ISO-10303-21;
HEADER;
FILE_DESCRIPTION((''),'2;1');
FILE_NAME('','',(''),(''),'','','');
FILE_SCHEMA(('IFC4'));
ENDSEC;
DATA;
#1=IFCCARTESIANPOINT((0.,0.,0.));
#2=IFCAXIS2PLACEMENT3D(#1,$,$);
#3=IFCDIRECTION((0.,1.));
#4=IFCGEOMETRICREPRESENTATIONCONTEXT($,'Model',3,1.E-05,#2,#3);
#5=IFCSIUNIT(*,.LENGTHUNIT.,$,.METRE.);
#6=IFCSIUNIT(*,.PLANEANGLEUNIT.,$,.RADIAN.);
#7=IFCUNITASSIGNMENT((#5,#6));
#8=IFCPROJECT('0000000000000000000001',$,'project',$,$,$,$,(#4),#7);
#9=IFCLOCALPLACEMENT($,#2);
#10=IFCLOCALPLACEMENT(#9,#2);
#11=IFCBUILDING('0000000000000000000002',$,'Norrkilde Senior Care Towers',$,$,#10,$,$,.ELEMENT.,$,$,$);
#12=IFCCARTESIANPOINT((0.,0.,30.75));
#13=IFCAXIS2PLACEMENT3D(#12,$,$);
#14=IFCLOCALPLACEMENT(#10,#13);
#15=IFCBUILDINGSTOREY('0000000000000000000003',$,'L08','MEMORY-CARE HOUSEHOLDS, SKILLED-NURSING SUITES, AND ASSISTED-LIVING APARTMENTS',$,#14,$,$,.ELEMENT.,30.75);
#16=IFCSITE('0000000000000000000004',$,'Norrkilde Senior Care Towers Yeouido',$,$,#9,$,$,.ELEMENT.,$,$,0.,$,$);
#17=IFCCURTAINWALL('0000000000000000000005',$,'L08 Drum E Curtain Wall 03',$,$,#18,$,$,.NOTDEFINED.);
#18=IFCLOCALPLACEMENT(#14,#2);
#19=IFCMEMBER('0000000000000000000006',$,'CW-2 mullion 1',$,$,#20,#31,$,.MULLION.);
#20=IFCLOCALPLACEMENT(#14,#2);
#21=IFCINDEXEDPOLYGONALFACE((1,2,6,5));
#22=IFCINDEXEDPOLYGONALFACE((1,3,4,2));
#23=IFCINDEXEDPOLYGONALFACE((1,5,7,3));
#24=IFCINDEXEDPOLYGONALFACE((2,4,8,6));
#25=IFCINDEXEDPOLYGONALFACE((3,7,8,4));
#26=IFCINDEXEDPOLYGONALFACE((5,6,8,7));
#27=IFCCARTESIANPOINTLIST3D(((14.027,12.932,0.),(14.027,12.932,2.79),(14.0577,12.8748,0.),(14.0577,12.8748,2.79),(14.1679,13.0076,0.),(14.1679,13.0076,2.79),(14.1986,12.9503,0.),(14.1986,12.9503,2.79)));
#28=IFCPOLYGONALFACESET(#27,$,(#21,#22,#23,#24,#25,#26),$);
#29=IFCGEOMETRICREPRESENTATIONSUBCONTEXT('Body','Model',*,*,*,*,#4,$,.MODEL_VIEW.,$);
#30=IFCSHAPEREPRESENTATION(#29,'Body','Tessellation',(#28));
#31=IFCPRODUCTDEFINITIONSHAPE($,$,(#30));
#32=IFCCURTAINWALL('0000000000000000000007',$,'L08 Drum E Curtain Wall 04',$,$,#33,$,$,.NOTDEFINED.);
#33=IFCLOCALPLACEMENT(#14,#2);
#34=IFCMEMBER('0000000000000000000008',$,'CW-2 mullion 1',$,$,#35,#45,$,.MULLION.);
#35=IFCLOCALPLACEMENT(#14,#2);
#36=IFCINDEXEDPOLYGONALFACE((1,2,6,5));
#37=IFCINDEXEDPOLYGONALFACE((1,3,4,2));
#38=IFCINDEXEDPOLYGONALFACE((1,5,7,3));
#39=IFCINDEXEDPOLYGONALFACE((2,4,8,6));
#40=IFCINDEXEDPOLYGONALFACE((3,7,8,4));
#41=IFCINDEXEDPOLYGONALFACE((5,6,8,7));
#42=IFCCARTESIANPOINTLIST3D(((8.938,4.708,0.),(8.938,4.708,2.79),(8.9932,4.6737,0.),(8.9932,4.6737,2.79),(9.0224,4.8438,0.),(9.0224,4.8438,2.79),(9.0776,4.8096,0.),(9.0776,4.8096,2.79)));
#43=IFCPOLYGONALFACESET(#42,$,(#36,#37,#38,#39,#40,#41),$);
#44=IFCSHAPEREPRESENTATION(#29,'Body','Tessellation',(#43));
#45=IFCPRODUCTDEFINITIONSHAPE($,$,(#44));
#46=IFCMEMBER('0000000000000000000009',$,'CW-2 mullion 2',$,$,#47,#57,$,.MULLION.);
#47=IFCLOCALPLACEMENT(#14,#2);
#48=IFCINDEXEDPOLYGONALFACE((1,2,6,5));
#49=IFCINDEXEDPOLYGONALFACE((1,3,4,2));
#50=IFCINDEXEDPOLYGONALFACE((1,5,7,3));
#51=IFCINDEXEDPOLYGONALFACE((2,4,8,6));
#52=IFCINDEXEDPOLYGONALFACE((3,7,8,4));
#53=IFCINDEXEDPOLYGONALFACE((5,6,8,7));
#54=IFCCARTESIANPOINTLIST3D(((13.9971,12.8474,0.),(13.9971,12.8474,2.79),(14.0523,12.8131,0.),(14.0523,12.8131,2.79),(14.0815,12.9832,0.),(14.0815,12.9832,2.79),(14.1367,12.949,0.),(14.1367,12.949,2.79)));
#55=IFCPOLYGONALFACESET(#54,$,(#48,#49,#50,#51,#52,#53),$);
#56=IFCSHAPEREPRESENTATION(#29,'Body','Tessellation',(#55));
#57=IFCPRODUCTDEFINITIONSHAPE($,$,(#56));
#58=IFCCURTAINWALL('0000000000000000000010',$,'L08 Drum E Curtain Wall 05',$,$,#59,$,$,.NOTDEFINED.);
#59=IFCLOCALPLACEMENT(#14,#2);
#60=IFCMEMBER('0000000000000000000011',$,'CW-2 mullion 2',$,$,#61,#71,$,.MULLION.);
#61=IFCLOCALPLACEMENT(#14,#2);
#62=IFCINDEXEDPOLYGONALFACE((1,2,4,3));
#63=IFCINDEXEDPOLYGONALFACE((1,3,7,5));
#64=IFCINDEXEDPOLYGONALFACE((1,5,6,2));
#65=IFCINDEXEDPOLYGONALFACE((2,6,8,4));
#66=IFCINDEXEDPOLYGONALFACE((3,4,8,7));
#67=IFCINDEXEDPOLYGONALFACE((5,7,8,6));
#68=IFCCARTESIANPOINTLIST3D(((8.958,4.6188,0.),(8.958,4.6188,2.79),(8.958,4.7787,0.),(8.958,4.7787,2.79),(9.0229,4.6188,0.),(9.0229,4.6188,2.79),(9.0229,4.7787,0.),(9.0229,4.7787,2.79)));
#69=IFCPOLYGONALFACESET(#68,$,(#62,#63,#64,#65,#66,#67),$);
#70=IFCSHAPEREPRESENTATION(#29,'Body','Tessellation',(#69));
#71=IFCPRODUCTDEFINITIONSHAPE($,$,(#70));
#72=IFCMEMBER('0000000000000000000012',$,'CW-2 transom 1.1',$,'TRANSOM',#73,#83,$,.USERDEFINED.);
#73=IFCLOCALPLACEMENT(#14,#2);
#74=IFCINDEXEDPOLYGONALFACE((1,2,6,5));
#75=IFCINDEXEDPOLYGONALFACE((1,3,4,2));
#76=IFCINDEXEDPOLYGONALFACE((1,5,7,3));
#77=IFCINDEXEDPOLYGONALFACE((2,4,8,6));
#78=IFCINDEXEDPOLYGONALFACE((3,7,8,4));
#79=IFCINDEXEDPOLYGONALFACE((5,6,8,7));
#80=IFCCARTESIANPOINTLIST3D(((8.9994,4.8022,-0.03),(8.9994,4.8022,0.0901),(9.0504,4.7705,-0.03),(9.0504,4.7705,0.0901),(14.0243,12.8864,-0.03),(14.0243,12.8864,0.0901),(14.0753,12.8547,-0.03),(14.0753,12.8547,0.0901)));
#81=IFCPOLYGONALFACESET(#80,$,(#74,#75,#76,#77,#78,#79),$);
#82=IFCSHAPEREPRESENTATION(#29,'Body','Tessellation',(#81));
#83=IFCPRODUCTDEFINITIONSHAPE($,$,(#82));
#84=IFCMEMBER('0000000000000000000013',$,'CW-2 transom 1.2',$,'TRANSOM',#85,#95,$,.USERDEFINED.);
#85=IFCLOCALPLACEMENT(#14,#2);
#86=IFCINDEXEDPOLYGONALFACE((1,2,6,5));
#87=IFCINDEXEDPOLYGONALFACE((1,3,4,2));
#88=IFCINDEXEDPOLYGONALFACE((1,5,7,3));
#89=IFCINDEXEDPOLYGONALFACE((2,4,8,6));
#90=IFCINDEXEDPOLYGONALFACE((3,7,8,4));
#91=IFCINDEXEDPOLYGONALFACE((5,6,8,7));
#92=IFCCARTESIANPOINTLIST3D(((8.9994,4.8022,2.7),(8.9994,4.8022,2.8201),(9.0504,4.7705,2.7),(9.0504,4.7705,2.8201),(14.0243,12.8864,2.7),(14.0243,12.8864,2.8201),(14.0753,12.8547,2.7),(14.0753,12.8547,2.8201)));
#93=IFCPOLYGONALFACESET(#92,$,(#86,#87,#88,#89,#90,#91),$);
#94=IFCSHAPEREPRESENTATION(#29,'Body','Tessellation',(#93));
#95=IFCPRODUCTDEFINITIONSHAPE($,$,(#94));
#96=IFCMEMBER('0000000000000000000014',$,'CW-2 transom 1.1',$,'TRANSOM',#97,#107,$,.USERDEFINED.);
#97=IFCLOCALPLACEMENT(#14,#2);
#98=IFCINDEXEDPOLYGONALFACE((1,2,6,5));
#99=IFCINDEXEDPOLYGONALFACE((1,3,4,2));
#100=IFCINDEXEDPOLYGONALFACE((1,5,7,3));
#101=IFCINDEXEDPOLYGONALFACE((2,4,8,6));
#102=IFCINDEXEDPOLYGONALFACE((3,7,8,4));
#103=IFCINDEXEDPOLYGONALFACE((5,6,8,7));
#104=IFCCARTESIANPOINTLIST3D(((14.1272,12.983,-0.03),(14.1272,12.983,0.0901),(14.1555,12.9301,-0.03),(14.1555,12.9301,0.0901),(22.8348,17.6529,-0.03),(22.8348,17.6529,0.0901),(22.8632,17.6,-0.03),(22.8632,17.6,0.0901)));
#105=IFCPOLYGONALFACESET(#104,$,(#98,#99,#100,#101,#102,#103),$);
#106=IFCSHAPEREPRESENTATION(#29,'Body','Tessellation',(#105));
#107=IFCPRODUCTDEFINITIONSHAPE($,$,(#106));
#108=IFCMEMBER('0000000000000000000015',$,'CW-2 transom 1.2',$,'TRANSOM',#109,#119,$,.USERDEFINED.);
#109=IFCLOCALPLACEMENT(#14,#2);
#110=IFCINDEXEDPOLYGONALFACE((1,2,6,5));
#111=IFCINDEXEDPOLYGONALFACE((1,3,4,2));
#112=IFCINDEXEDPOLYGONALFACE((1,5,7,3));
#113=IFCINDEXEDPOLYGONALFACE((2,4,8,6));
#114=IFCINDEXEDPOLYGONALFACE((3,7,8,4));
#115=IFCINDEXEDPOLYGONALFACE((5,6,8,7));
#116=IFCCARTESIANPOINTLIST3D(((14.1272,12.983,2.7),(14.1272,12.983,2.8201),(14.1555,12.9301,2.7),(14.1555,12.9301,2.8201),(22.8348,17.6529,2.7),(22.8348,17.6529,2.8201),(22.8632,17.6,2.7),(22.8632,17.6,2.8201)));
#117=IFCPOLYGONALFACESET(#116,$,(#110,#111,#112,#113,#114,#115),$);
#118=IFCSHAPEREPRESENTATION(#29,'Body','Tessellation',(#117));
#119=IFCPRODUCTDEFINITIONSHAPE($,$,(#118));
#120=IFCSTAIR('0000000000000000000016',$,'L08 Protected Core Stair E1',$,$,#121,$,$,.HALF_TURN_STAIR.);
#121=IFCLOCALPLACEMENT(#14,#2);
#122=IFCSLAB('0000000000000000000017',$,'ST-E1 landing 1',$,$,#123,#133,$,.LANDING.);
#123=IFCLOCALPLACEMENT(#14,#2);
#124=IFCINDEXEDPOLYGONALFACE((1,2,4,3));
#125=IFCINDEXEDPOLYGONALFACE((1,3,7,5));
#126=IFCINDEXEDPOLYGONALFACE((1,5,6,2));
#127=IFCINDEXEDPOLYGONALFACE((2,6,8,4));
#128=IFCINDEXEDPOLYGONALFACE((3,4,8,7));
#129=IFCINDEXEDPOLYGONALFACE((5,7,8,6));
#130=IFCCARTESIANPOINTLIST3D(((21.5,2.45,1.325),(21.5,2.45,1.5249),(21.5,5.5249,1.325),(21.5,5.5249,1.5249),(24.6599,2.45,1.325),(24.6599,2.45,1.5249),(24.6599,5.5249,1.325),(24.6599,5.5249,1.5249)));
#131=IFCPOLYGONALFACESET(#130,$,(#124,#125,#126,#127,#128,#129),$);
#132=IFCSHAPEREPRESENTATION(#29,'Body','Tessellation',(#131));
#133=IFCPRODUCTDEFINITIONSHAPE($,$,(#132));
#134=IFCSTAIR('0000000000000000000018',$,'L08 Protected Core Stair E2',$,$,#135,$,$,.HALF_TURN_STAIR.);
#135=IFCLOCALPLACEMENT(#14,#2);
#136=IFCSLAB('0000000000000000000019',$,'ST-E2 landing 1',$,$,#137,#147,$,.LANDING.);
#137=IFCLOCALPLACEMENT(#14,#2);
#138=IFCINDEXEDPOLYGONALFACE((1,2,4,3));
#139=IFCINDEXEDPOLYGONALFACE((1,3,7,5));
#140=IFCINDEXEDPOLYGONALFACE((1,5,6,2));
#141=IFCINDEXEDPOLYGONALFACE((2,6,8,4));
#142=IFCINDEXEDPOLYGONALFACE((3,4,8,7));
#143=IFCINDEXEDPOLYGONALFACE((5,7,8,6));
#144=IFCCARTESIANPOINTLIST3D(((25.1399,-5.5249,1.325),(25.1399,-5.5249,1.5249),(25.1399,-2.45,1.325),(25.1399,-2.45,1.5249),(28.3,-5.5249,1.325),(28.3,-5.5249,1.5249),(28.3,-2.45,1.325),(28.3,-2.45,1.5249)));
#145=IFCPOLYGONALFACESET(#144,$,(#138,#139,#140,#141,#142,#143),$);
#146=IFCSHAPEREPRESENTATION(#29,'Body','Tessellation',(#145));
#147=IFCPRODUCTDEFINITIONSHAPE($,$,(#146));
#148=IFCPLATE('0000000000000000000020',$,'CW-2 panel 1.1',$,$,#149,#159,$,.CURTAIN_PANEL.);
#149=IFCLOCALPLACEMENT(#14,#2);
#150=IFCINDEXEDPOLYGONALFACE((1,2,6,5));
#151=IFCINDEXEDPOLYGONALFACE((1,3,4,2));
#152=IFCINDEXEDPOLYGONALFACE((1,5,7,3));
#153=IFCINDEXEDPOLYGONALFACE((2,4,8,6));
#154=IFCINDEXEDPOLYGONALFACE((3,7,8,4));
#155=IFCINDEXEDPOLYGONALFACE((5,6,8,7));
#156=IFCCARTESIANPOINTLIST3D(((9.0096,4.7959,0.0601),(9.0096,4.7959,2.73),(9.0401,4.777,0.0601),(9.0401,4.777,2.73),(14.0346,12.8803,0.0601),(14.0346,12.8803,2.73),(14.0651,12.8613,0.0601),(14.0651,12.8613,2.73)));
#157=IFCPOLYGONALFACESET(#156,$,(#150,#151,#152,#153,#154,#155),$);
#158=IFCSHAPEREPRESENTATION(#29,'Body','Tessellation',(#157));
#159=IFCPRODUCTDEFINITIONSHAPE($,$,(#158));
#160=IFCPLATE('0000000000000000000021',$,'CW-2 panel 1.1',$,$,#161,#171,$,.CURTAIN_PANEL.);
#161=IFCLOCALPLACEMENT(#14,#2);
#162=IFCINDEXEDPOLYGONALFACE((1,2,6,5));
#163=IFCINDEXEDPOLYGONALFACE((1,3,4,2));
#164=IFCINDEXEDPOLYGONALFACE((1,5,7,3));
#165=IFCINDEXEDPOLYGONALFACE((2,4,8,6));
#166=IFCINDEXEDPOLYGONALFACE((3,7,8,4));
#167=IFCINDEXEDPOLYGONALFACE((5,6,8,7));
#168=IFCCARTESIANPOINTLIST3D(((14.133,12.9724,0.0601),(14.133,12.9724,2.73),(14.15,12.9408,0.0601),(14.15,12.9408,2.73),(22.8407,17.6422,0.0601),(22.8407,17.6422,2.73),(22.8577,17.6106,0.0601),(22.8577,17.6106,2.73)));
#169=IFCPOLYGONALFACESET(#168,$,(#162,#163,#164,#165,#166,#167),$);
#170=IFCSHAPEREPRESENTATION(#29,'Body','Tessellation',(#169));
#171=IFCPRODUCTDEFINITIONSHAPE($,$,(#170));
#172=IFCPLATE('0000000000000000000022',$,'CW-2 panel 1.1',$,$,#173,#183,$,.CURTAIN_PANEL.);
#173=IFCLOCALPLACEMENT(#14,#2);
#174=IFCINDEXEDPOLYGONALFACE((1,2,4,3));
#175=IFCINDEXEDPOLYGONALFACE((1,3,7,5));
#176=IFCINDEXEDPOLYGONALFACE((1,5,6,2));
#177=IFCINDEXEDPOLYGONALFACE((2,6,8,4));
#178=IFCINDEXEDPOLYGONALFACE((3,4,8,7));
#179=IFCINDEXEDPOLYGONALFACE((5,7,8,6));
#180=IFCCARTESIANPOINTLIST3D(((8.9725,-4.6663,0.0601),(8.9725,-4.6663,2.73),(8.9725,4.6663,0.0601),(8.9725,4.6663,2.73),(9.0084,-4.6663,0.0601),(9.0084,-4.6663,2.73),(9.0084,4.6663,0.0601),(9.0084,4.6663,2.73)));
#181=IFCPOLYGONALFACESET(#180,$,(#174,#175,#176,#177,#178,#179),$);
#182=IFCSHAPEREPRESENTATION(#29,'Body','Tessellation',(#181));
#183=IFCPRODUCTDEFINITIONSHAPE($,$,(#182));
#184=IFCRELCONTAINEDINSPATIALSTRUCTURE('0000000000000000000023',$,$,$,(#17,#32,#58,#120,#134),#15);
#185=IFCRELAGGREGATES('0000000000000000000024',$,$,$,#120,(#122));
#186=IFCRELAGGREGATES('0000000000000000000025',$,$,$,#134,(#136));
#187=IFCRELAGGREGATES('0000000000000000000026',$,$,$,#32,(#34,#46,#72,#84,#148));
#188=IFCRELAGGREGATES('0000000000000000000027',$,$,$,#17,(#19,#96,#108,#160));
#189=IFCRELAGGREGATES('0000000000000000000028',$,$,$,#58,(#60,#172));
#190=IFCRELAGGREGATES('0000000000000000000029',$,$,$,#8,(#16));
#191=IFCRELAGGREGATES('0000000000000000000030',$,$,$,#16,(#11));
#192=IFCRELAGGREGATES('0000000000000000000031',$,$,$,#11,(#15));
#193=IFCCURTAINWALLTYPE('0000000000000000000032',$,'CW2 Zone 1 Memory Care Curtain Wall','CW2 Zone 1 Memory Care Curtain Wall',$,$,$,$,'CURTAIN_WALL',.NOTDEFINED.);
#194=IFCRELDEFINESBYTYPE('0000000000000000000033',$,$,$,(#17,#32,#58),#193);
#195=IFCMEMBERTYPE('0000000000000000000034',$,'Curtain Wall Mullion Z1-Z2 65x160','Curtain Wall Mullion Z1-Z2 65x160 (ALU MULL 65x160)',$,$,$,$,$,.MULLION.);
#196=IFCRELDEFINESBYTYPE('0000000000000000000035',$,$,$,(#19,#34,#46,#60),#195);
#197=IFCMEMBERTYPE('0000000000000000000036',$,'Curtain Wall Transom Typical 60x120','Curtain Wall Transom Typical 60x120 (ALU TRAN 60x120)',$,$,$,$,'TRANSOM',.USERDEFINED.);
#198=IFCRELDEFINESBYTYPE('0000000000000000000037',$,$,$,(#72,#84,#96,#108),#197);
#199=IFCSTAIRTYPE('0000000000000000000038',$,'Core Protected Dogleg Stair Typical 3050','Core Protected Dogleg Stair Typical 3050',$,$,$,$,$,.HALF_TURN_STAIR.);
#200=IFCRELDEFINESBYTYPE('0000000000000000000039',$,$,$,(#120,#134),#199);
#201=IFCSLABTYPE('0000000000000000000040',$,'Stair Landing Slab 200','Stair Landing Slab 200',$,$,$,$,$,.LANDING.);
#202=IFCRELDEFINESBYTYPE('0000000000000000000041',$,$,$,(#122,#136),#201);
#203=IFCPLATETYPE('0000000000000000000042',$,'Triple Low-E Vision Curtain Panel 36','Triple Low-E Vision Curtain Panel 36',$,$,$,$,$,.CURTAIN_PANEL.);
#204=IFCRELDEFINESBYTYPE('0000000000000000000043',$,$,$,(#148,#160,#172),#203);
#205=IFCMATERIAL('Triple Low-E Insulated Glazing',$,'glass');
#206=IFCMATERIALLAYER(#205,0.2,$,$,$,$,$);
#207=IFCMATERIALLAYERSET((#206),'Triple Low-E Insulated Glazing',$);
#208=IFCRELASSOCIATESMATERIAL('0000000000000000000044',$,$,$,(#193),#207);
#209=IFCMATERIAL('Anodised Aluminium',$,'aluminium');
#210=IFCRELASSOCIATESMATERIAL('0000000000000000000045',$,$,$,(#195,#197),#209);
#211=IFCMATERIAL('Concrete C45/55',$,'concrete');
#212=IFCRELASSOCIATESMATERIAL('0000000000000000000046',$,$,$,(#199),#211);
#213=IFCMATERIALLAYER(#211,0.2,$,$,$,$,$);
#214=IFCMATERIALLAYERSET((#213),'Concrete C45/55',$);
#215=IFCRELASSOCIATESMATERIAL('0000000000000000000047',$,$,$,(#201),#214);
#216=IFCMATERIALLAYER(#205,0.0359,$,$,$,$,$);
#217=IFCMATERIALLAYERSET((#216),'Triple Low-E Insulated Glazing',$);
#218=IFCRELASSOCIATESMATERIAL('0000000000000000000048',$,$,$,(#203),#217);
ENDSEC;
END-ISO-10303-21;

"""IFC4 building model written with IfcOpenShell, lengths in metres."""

from ifc_helpers import new_model, si_unit, direction, frame, origin, origin_2d, place, context, subcontext, project, spatial, polyline, rectangle, outline, extrude, source, transform, mapped, material, layer, layer_set, material_profile, profile_set, type_object, type_shapes, element, aggregate, save


model = new_model("IFC4")

# Units and contexts
model_context = context("Model", 3, precision=1e-05, world=origin(), true_north=direction((0.0, 1.0)))
body_context = subcontext(model_context, "Body", "Model", "MODEL_VIEW")
ifc_project = project(units=[si_unit("LENGTHUNIT", "METRE"), si_unit("PLANEANGLEUNIT", "RADIAN")], contexts=[model_context])

# Site, building, storey
site_placement = place(None, origin())
site = spatial("IfcSite", under=ifc_project, at=site_placement, Name="Norrkilde Senior Care Towers Yeouido", CompositionType="ELEMENT", RefElevation=0.0)
building_placement = place(site_placement, origin())
building = spatial("IfcBuilding", under=site, at=building_placement, Name="Norrkilde Senior Care Towers", CompositionType="ELEMENT")
storey_placement = place(building_placement, frame((0.0, 0.0, 30.75)))
storey = spatial("IfcBuildingStorey", under=building, at=storey_placement, Name="L08", Description="MEMORY-CARE HOUSEHOLDS, SKILLED-NURSING SUITES, AND ASSISTED-LIVING APARTMENTS", CompositionType="ELEMENT", Elevation=30.75)

# Curtain wall, member
ifc_material_1 = material(Name="Triple Low-E Insulated Glazing", Category="glass")
ifc_layer_1 = layer(ifc_material_1, 0.2)
ifc_layer_set_1 = layer_set([ifc_layer_1], Name="Triple Low-E Insulated Glazing")
curtain_wall_type = type_object("IfcCurtainWallType", Name="CW2 Zone 1 Memory Care Curtain Wall", Description="CW2 Zone 1 Memory Care Curtain Wall", ElementType="CURTAIN_WALL", PredefinedType="NOTDEFINED", material=ifc_layer_set_1)
curtain_wall_1_placement = place(storey_placement, origin())
curtain_wall_1 = element("IfcCurtainWall", 1, at=curtain_wall_1_placement, inside=storey, type_object=curtain_wall_type, Name="L08 Drum E Curtain Wall 03", PredefinedType="NOTDEFINED")
ifc_material_2 = material(Name="Anodised Aluminium", Category="aluminium")
ifc_material_profile_1 = material_profile(ifc_material_2, rectangle(XDim=0.0649, YDim=0.1599, at=origin_2d()), Name="ALU MULL 65x160")
ifc_profile_set_1 = profile_set([ifc_material_profile_1], Name="Anodised Aluminium")
member_type_1 = type_object("IfcMemberType", Name="Curtain Wall Mullion Z1-Z2 65x160", Description="Curtain Wall Mullion Z1-Z2 65x160 (ALU MULL 65x160)", PredefinedType="MULLION", material=ifc_profile_set_1)
shared_shape_1 = source(origin(), body_context, "Body", "SweptSolid", [
    extrude(rectangle(XDim=0.0649, YDim=0.1599, at=origin_2d()), origin(), (0.0, 0.0, 1.0), 2.79),
])
type_shapes(member_type_1, [shared_shape_1])
member_1_placement = place(storey_placement, frame((14.1128, 12.9412, 0.0), z_axis=(0.0, 0.0, 1.0), x_axis=(-0.472608, 0.881273, 0.0)))
member_1 = element("IfcMember", 2, at=member_1_placement, type_object=member_type_1, Name="CW-2 mullion 1", PredefinedType="MULLION", context=body_context, shape_type="MappedRepresentation", body=[
    mapped(shared_shape_1, transform((0.0, 0.0, 0.0), x_axis=(1.0, 0.0, 0.0), y_axis=(0.0, 1.0, 0.0), z_axis=(0.0, 0.0, 1.0), scale=1.0)),
])

# Curtain wall, members
curtain_wall_2_placement = place(storey_placement, origin())
curtain_wall_2 = element("IfcCurtainWall", 3, at=curtain_wall_2_placement, inside=storey, type_object=curtain_wall_type, Name="L08 Drum E Curtain Wall 04", PredefinedType="NOTDEFINED")
member_2_placement = place(storey_placement, frame((9.0078, 4.7588, 0.0), z_axis=(0.0, 0.0, 1.0), x_axis=(-0.849306, 0.527901, 0.0)))
member_2 = element("IfcMember", 4, at=member_2_placement, type_object=member_type_1, Name="CW-2 mullion 1", PredefinedType="MULLION", context=body_context, shape_type="MappedRepresentation", body=[
    mapped(shared_shape_1, transform((0.0, 0.0, 0.0), x_axis=(1.0, 0.0, 0.0), y_axis=(0.0, 1.0, 0.0), z_axis=(0.0, 0.0, 1.0), scale=1.0)),
])
member_3_placement = place(storey_placement, frame((14.0669, 12.8982, 0.0), z_axis=(0.0, 0.0, 1.0), x_axis=(-0.849306, 0.527901, 0.0)))
member_3 = element("IfcMember", 5, at=member_3_placement, type_object=member_type_1, Name="CW-2 mullion 2", PredefinedType="MULLION", context=body_context, shape_type="MappedRepresentation", body=[
    mapped(shared_shape_1, transform((0.0, 0.0, 0.0), x_axis=(1.0, 0.0, 0.0), y_axis=(0.0, 1.0, 0.0), z_axis=(0.0, 0.0, 1.0), scale=1.0)),
])

# Curtain wall, member
curtain_wall_3_placement = place(storey_placement, origin())
curtain_wall_3 = element("IfcCurtainWall", 6, at=curtain_wall_3_placement, inside=storey, type_object=curtain_wall_type, Name="L08 Drum E Curtain Wall 05", PredefinedType="NOTDEFINED")
member_4_placement = place(storey_placement, frame((8.9905, 4.6987, 0.0), z_axis=(0.0, 0.0, 1.0), x_axis=(-1.0, 0.0, 0.0)))
member_4 = element("IfcMember", 7, at=member_4_placement, type_object=member_type_1, Name="CW-2 mullion 2", PredefinedType="MULLION", context=body_context, shape_type="MappedRepresentation", body=[
    mapped(shared_shape_1, transform((0.0, 0.0, 0.0), x_axis=(1.0, 0.0, 0.0), y_axis=(0.0, 1.0, 0.0), z_axis=(0.0, 0.0, 1.0), scale=1.0)),
])

# Members
ifc_material_profile_2 = material_profile(ifc_material_2, rectangle(XDim=0.0601, YDim=0.1201, at=origin_2d()), Name="ALU TRAN 60x120")
ifc_profile_set_2 = profile_set([ifc_material_profile_2], Name="Anodised Aluminium")
member_type_2 = type_object("IfcMemberType", Name="Curtain Wall Transom Typical 60x120", Description="Curtain Wall Transom Typical 60x120 (ALU TRAN 60x120)", ElementType="TRANSOM", PredefinedType="USERDEFINED", material=ifc_profile_set_2)
shared_shape_2 = source(origin(), body_context, "Body", "SweptSolid", [
    extrude(rectangle(XDim=0.0601, YDim=0.1201, at=origin_2d()), origin(), (0.0, 0.0, 1.0), 9.5186),
])
member_5_placement = place(storey_placement, frame((9.0249, 4.7864, 0.03), z_axis=(0.527902, 0.849306, 0.0), x_axis=(-0.849306, 0.527902, 0.0)))
member_5 = element("IfcMember", 8, at=member_5_placement, type_object=member_type_2, Name="CW-2 transom 1.1", ObjectType="TRANSOM", PredefinedType="USERDEFINED", context=body_context, shape_type="MappedRepresentation", body=[
    mapped(shared_shape_2, transform((0.0, 0.0, 0.0), x_axis=(1.0, 0.0, 0.0), y_axis=(0.0, 1.0, 0.0), z_axis=(0.0, 0.0, 1.0), scale=1.0)),
])
member_6_placement = place(storey_placement, frame((9.0249, 4.7864, 2.76), z_axis=(0.527902, 0.849306, 0.0), x_axis=(-0.849306, 0.527902, 0.0)))
member_6 = element("IfcMember", 9, at=member_6_placement, type_object=member_type_2, Name="CW-2 transom 1.2", ObjectType="TRANSOM", PredefinedType="USERDEFINED", context=body_context, shape_type="MappedRepresentation", body=[
    mapped(shared_shape_2, transform((0.0, 0.0, 0.0), x_axis=(1.0, 0.0, 0.0), y_axis=(0.0, 1.0, 0.0), z_axis=(0.0, 0.0, 1.0), scale=1.0)),
])
shared_shape_3 = source(origin(), body_context, "Body", "SweptSolid", [
    extrude(rectangle(XDim=0.0601, YDim=0.1201, at=origin_2d()), origin(), (0.0, 0.0, 1.0), 9.8809),
])
type_shapes(member_type_2, [shared_shape_2, shared_shape_3])
member_7_placement = place(storey_placement, frame((14.1414, 12.9565, 0.03), z_axis=(0.881267, 0.472618, 0.0), x_axis=(-0.472618, 0.881267, 0.0)))
member_7 = element("IfcMember", 10, at=member_7_placement, type_object=member_type_2, Name="CW-2 transom 1.1", ObjectType="TRANSOM", PredefinedType="USERDEFINED", context=body_context, shape_type="MappedRepresentation", body=[
    mapped(shared_shape_3, transform((0.0, 0.0, 0.0), x_axis=(1.0, 0.0, 0.0), y_axis=(0.0, 1.0, 0.0), z_axis=(0.0, 0.0, 1.0), scale=1.0)),
])
member_8_placement = place(storey_placement, frame((14.1414, 12.9565, 2.76), z_axis=(0.881267, 0.472618, 0.0), x_axis=(-0.472618, 0.881267, 0.0)))
member_8 = element("IfcMember", 11, at=member_8_placement, type_object=member_type_2, Name="CW-2 transom 1.2", ObjectType="TRANSOM", PredefinedType="USERDEFINED", context=body_context, shape_type="MappedRepresentation", body=[
    mapped(shared_shape_3, transform((0.0, 0.0, 0.0), x_axis=(1.0, 0.0, 0.0), y_axis=(0.0, 1.0, 0.0), z_axis=(0.0, 0.0, 1.0), scale=1.0)),
])

# Stairs, slabs
ifc_material_3 = material(Name="Concrete C45/55", Category="concrete")
stair_type = type_object("IfcStairType", Name="Core Protected Dogleg Stair Typical 3050", Description="Core Protected Dogleg Stair Typical 3050", PredefinedType="HALF_TURN_STAIR", material=ifc_material_3)
stair_1_placement = place(storey_placement, origin())
stair_1 = element("IfcStair", 12, at=stair_1_placement, inside=storey, type_object=stair_type, Name="L08 Protected Core Stair E1", PredefinedType="HALF_TURN_STAIR")
ifc_layer_2 = layer(ifc_material_3, 0.2)
ifc_layer_set_2 = layer_set([ifc_layer_2], Name="Concrete C45/55")
slab_type = type_object("IfcSlabType", Name="Stair Landing Slab 200", Description="Stair Landing Slab 200", PredefinedType="LANDING", material=ifc_layer_set_2)
slab_1_placement = place(storey_placement, frame((0.0, 0.0, 1.325)))
slab_1 = element("IfcSlab", 13, at=slab_1_placement, type_object=slab_type, Name="ST-E1 landing 1", PredefinedType="LANDING", context=body_context, shape_type="SweptSolid", body=[
    extrude(outline(polyline([(24.6599, 5.5249), (21.5, 5.5249), (21.5, 2.45), (24.6599, 2.45), (24.6599, 5.5249)])), origin(), (0.0, 0.0, 1.0), 0.2),
])
aggregate(stair_1, [slab_1])
stair_2_placement = place(storey_placement, origin())
stair_2 = element("IfcStair", 14, at=stair_2_placement, inside=storey, type_object=stair_type, Name="L08 Protected Core Stair E2", PredefinedType="HALF_TURN_STAIR")
slab_2_placement = place(storey_placement, frame((0.0, 0.0, 1.325)))
slab_2 = element("IfcSlab", 15, at=slab_2_placement, type_object=slab_type, Name="ST-E2 landing 1", PredefinedType="LANDING", context=body_context, shape_type="SweptSolid", body=[
    extrude(outline(polyline([(25.1399, -5.5249), (28.3, -5.5249), (28.3, -2.45), (25.1399, -2.45), (25.1399, -5.5249)])), origin(), (0.0, 0.0, 1.0), 0.2),
])
aggregate(stair_2, [slab_2])

# Plates
ifc_layer_3 = layer(ifc_material_1, 0.0359)
ifc_layer_set_3 = layer_set([ifc_layer_3], Name="Triple Low-E Insulated Glazing")
plate_type = type_object("IfcPlateType", Name="Triple Low-E Vision Curtain Panel 36", Description="Triple Low-E Vision Curtain Panel 36", PredefinedType="CURTAIN_PANEL", material=ifc_layer_set_3)
shared_shape_4 = source(origin(), body_context, "Body", "SweptSolid", [
    extrude(rectangle(XDim=9.5188, YDim=0.0359, at=origin_2d()), origin(), (0.0, 0.0, 1.0), 2.6699),
])
plate_1_placement = place(storey_placement, frame((11.5374, 8.8286, 0.0601), z_axis=(0.0, 0.0, 1.0), x_axis=(0.527901, 0.849306, 0.0)))
plate_1 = element("IfcPlate", 16, at=plate_1_placement, type_object=plate_type, Name="CW-2 panel 1.1", PredefinedType="CURTAIN_PANEL", context=body_context, shape_type="MappedRepresentation", body=[
    mapped(shared_shape_4, transform((0.0, 0.0, 0.0), x_axis=(1.0, 0.0, 0.0), y_axis=(0.0, 1.0, 0.0), z_axis=(0.0, 0.0, 1.0), scale=1.0)),
])
aggregate(curtain_wall_2, [member_2, member_3, member_5, member_6, plate_1])
shared_shape_5 = source(origin(), body_context, "Body", "SweptSolid", [
    extrude(rectangle(XDim=9.8809, YDim=0.0359, at=origin_2d()), origin(), (0.0, 0.0, 1.0), 2.6699),
])
plate_2_placement = place(storey_placement, frame((18.4954, 15.2915, 0.0601), z_axis=(0.0, 0.0, 1.0), x_axis=(0.881273, 0.472608, 0.0)))
plate_2 = element("IfcPlate", 17, at=plate_2_placement, type_object=plate_type, Name="CW-2 panel 1.1", PredefinedType="CURTAIN_PANEL", context=body_context, shape_type="MappedRepresentation", body=[
    mapped(shared_shape_5, transform((0.0, 0.0, 0.0), x_axis=(1.0, 0.0, 0.0), y_axis=(0.0, 1.0, 0.0), z_axis=(0.0, 0.0, 1.0), scale=1.0)),
])
aggregate(curtain_wall_1, [member_1, member_7, member_8, plate_2])
shared_shape_6 = source(origin(), body_context, "Body", "SweptSolid", [
    extrude(rectangle(XDim=9.3325, YDim=0.0359, at=origin_2d()), origin(), (0.0, 0.0, 1.0), 2.6699),
])
type_shapes(plate_type, [shared_shape_4, shared_shape_5, shared_shape_6])
plate_3_placement = place(storey_placement, frame((8.9905, 0.0, 0.0601), z_axis=(0.0, 0.0, 1.0), x_axis=(0.0, 1.0, 0.0)))
plate_3 = element("IfcPlate", 18, at=plate_3_placement, type_object=plate_type, Name="CW-2 panel 1.1", PredefinedType="CURTAIN_PANEL", context=body_context, shape_type="MappedRepresentation", body=[
    mapped(shared_shape_6, transform((0.0, 0.0, 0.0), x_axis=(1.0, 0.0, 0.0), y_axis=(0.0, 1.0, 0.0), z_axis=(0.0, 0.0, 1.0), scale=1.0)),
])
aggregate(curtain_wall_3, [member_4, plate_3])

save(model, "model.ifc")
